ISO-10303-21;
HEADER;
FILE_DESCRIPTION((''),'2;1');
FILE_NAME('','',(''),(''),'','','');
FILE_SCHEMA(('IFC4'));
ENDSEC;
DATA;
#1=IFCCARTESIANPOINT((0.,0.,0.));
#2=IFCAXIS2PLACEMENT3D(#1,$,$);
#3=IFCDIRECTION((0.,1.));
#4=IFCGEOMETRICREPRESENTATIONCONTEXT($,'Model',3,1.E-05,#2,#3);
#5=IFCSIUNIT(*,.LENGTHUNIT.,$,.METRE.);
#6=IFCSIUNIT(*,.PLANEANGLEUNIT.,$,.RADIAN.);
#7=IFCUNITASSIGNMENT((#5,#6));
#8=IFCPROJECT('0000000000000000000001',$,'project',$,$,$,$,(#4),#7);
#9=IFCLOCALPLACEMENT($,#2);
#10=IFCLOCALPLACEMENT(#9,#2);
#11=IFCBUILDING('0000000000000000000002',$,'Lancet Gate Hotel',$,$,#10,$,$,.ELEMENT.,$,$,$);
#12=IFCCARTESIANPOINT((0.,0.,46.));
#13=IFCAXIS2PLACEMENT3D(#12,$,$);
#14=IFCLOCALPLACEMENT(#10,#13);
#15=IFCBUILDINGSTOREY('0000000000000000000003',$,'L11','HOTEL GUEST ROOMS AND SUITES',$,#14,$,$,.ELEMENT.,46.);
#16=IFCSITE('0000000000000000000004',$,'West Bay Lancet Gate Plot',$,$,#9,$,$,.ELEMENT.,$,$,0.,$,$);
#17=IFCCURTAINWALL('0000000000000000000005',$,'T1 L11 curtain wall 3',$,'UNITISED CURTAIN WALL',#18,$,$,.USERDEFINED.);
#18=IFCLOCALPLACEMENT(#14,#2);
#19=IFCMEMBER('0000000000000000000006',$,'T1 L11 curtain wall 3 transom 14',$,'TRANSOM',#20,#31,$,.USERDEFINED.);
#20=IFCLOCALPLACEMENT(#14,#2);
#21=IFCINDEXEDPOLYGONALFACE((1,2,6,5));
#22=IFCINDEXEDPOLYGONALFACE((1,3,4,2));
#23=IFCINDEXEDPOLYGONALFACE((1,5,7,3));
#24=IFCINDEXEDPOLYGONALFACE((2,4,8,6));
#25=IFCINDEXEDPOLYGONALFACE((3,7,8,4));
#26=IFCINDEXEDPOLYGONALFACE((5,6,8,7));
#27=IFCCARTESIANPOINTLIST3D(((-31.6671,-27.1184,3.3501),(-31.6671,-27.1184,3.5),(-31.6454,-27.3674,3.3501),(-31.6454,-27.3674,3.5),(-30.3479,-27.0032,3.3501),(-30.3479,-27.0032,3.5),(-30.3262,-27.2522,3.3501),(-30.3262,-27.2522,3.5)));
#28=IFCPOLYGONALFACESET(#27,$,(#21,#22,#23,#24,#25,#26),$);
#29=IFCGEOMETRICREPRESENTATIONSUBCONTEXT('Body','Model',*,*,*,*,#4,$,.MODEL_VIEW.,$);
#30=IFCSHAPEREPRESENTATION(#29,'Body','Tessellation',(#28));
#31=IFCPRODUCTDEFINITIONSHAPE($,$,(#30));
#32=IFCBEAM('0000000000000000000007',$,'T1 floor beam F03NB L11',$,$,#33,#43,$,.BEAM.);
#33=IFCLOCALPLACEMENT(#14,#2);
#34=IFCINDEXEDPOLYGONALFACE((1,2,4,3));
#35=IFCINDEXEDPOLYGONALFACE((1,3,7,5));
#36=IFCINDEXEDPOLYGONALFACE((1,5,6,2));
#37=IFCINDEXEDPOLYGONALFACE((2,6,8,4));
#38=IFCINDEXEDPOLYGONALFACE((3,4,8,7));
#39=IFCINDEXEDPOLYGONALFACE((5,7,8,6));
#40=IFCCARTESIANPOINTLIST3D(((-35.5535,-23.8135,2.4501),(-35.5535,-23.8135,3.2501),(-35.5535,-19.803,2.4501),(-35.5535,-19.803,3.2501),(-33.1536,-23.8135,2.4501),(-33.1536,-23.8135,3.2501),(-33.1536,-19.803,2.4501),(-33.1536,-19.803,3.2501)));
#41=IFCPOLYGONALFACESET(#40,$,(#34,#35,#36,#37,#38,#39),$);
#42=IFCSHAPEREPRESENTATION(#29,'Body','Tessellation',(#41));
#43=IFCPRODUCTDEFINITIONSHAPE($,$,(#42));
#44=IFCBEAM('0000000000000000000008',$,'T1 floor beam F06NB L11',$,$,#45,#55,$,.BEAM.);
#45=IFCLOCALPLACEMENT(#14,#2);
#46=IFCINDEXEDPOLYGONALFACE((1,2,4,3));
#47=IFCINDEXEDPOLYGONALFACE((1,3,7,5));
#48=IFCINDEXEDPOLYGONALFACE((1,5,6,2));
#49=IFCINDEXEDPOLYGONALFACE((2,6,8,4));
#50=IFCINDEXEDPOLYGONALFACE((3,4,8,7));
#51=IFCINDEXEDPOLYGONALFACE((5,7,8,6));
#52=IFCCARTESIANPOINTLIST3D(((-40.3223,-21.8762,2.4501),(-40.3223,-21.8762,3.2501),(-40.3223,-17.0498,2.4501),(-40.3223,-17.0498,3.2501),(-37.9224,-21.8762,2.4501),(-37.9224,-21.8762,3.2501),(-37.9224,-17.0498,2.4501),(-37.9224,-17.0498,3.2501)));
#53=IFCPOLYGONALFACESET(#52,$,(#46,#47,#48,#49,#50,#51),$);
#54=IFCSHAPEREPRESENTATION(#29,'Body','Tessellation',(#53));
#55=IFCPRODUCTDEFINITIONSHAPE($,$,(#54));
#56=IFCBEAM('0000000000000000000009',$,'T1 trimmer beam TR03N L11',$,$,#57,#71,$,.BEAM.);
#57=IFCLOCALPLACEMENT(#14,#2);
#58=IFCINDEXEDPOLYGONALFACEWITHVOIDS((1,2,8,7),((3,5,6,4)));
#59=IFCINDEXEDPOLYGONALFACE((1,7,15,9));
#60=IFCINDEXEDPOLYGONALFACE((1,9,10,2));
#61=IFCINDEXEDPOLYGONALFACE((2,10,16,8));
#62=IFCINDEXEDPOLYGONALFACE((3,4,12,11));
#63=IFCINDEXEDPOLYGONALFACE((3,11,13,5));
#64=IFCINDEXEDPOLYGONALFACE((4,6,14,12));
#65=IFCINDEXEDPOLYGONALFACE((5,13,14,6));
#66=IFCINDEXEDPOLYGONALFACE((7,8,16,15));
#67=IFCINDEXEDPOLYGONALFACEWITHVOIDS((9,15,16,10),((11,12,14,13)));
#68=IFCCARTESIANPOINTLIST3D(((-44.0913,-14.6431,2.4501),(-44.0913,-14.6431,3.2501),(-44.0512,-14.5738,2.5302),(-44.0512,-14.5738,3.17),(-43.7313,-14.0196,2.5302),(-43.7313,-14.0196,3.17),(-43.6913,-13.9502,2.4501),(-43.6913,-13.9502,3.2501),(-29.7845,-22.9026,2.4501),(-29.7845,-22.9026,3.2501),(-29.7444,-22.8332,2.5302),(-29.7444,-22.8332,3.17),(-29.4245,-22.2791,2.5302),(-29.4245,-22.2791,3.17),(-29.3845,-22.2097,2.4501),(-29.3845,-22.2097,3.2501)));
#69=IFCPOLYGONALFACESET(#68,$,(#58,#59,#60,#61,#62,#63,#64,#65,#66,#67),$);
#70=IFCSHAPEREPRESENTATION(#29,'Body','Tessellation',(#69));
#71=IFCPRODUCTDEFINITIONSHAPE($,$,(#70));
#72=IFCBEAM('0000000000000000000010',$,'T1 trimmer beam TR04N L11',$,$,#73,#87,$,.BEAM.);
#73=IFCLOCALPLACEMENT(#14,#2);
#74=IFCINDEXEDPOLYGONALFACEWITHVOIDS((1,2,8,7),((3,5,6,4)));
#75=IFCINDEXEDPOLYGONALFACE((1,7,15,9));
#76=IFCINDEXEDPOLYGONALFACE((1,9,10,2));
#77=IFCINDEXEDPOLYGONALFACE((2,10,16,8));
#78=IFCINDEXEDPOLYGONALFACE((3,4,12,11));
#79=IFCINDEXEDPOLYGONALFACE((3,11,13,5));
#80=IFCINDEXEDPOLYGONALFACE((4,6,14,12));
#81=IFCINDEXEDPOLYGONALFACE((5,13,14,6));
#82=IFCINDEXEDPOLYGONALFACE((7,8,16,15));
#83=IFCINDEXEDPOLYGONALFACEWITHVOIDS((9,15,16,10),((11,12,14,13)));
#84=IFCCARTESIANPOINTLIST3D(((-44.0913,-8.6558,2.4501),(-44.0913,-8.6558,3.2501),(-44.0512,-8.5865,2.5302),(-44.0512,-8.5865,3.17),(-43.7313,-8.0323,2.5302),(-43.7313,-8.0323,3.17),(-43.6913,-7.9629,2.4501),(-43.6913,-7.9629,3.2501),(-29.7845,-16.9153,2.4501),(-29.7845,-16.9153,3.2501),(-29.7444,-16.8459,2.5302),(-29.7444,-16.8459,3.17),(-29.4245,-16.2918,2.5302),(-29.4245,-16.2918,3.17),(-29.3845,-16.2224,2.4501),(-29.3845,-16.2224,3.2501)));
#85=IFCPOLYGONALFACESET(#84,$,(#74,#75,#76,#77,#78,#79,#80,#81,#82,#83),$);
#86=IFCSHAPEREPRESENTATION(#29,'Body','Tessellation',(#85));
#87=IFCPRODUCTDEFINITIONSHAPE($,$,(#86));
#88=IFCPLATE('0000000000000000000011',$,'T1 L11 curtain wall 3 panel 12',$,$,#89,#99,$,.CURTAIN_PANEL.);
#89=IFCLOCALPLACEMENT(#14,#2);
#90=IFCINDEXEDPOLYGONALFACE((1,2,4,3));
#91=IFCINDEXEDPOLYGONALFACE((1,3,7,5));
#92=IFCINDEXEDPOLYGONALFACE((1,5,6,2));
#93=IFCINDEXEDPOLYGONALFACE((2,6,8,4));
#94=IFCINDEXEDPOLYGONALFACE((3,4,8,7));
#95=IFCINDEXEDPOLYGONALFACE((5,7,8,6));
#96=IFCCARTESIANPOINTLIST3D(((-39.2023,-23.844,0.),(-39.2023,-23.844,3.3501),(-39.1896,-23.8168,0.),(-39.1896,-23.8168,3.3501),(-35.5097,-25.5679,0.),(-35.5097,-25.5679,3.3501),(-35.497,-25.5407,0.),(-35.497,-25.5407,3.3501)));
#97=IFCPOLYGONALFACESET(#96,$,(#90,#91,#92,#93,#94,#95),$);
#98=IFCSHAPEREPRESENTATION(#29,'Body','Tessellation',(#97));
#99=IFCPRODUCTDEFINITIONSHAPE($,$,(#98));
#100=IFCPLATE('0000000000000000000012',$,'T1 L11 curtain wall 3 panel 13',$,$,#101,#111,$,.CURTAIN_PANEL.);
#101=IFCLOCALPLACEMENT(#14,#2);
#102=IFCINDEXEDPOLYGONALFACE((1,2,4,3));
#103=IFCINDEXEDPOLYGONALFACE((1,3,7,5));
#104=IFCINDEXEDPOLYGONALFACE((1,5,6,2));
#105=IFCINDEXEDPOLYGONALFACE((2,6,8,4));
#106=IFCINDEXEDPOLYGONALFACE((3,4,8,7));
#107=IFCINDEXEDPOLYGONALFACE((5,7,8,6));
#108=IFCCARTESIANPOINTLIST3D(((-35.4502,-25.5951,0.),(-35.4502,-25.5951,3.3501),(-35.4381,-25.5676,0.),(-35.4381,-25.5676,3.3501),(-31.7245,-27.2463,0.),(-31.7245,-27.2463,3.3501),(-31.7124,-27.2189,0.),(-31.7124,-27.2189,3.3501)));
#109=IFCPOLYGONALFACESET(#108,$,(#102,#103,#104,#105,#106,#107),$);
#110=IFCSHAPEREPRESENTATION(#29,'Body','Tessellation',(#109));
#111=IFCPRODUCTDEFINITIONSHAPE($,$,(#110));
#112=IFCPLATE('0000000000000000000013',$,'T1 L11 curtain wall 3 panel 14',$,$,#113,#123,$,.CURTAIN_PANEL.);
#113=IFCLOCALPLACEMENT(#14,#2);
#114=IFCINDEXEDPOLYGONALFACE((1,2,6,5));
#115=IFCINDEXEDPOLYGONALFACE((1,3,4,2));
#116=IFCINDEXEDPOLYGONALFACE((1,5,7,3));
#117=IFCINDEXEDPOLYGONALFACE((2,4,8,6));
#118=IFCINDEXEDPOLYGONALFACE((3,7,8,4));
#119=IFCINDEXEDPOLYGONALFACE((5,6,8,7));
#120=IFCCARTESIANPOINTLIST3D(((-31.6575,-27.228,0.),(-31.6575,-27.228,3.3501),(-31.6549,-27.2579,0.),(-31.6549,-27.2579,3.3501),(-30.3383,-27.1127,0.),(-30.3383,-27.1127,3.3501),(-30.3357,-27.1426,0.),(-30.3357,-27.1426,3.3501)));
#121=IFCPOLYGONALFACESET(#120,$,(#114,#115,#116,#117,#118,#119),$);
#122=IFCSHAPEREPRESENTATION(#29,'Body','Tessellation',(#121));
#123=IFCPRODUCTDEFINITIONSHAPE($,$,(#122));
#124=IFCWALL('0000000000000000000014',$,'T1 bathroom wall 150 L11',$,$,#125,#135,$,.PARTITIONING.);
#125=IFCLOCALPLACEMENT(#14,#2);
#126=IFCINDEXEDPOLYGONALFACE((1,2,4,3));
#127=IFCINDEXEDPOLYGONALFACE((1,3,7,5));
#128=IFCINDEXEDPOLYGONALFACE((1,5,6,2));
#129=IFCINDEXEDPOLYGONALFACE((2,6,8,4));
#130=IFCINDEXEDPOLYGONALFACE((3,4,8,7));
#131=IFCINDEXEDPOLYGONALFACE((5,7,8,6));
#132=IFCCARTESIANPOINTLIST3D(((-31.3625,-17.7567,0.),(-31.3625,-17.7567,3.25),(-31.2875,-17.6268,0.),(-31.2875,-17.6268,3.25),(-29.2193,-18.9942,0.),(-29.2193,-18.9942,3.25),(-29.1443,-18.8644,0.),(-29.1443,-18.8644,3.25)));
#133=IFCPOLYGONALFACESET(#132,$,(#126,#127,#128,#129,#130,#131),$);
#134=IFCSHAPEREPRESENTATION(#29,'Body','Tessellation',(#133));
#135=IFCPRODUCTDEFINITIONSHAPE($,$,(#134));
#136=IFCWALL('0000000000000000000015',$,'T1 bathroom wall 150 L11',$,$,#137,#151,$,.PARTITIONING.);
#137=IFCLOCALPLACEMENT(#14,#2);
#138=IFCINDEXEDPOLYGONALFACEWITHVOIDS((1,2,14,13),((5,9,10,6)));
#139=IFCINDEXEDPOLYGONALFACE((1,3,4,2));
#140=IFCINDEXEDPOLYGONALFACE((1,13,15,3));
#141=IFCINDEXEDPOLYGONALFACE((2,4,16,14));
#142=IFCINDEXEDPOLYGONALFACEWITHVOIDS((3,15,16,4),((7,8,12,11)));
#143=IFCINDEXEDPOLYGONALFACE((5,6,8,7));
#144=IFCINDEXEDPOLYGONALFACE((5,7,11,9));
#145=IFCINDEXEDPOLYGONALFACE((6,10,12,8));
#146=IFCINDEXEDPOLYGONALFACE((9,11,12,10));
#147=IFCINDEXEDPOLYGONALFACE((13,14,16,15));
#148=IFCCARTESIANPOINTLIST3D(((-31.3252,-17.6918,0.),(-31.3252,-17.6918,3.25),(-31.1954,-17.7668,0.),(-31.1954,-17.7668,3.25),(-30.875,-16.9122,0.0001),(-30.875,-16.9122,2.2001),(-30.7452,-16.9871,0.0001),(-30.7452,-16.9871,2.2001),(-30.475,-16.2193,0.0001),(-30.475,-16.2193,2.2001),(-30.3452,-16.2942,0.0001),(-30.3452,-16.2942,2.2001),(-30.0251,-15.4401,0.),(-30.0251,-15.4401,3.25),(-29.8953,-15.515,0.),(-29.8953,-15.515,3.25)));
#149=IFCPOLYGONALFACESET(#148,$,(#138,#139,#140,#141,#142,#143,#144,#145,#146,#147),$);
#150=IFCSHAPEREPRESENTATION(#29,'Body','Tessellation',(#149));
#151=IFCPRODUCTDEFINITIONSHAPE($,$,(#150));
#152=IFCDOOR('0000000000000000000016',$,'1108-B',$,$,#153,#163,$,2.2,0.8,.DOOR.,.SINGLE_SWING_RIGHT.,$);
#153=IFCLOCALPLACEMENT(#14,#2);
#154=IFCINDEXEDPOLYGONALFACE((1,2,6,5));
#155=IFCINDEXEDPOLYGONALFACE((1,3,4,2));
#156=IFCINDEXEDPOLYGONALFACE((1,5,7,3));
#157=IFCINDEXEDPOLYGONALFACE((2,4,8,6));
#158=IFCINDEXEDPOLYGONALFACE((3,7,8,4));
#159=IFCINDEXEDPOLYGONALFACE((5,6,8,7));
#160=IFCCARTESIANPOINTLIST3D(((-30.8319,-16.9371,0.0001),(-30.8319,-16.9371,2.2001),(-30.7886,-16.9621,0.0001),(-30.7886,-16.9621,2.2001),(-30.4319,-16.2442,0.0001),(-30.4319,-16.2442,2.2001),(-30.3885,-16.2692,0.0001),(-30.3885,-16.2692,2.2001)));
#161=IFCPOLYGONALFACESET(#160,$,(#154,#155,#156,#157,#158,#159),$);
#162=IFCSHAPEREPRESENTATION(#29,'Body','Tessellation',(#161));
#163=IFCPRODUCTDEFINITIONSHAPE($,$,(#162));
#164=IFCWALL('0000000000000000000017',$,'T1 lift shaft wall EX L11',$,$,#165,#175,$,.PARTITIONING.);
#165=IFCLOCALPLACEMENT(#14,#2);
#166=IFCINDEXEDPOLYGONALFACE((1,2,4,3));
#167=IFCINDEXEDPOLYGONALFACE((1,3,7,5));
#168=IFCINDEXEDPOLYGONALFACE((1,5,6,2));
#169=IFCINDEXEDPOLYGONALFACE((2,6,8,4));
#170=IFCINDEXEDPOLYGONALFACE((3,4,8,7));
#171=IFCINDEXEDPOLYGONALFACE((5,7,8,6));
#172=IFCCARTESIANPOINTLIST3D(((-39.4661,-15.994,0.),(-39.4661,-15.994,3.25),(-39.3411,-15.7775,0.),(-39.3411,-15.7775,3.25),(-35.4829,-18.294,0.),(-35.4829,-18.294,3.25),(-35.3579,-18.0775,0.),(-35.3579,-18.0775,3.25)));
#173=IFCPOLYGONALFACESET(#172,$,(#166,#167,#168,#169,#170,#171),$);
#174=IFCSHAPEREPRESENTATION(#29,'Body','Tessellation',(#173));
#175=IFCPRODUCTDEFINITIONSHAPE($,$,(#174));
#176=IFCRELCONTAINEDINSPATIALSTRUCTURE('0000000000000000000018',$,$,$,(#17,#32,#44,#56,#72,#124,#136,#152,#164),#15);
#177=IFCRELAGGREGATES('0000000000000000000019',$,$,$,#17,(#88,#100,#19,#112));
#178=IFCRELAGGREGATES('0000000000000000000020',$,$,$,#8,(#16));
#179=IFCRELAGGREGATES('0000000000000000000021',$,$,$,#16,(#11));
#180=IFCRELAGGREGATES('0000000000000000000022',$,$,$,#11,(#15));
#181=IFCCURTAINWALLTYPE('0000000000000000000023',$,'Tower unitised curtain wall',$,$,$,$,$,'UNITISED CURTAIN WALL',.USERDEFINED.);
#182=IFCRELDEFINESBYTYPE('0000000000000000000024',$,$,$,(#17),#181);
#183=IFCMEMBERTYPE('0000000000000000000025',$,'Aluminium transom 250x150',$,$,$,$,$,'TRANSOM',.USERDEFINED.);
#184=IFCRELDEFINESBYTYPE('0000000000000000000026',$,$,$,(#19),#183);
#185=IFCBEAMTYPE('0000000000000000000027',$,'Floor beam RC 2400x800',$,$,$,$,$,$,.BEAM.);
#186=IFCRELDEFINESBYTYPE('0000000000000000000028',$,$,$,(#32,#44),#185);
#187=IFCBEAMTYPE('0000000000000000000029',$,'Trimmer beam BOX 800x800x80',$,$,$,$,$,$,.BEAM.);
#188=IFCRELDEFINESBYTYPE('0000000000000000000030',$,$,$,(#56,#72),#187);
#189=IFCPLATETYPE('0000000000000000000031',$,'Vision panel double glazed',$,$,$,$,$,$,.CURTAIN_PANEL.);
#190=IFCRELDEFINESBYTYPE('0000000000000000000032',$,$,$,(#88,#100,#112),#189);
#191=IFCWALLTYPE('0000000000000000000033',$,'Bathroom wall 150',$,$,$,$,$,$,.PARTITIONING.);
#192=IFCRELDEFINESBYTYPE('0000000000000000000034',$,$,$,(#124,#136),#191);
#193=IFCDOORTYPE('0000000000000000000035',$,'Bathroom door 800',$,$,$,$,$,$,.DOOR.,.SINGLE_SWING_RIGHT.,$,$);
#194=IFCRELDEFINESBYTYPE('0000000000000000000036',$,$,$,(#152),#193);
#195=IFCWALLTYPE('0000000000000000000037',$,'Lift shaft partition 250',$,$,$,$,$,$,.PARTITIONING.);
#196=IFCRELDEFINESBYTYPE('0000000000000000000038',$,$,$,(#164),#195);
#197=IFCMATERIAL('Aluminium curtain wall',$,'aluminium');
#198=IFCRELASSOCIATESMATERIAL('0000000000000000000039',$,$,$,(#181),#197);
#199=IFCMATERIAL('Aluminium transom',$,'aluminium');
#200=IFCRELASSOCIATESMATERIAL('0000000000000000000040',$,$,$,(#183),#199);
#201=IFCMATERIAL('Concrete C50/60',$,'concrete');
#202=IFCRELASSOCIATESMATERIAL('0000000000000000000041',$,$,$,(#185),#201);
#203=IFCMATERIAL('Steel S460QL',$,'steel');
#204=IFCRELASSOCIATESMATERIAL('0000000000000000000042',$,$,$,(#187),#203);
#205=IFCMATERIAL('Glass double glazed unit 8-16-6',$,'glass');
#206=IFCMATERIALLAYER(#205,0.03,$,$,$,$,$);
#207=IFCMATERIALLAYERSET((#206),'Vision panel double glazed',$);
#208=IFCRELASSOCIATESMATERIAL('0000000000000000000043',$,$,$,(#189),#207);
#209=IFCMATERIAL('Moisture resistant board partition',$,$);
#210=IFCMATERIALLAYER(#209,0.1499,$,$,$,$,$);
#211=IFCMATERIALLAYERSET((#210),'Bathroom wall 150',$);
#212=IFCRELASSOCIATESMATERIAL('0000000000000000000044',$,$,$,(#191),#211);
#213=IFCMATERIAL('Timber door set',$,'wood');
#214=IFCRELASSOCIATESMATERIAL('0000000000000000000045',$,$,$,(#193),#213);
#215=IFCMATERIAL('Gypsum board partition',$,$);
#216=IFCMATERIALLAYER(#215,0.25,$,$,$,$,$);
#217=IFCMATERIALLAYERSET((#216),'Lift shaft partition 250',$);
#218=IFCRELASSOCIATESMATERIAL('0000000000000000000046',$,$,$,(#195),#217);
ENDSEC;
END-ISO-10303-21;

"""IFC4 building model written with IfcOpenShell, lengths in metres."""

from ifc_helpers import new_model, si_unit, direction, frame, frame_2d, origin, origin_2d, place, context, subcontext, project, spatial, rectangle, hollow_rectangle, extrude, material, layer, layer_set, material_profile, profile_set, type_object, element, fill, aggregate, save


model = new_model("IFC4")

# Units and contexts
model_context = context("Model", 3, precision=1e-05, world=origin(), true_north=direction((0.0, 1.0)))
body_context = subcontext(model_context, "Body", "Model", "MODEL_VIEW")
ifc_project = project(units=[si_unit("LENGTHUNIT", "METRE"), si_unit("PLANEANGLEUNIT", "RADIAN")], contexts=[model_context])

# Site, building, storey
site_placement = place(None, origin())
site = spatial("IfcSite", under=ifc_project, at=site_placement, Name="West Bay Lancet Gate Plot", CompositionType="ELEMENT", RefElevation=0.0)
building_placement = place(site_placement, origin())
building = spatial("IfcBuilding", under=site, at=building_placement, Name="Lancet Gate Hotel", CompositionType="ELEMENT")
storey_placement = place(building_placement, frame((0.0, 0.0, 46.0)))
storey = spatial("IfcBuildingStorey", under=building, at=storey_placement, Name="L11", Description="HOTEL GUEST ROOMS AND SUITES", CompositionType="ELEMENT", Elevation=46.0)

# Curtain wall, member
ifc_material_1 = material(Name="Aluminium curtain wall", Category="aluminium")
curtain_wall_type = type_object("IfcCurtainWallType", Name="Tower unitised curtain wall", ElementType="UNITISED CURTAIN WALL", PredefinedType="USERDEFINED", material=ifc_material_1)
curtain_wall_placement = place(storey_placement, origin())
curtain_wall = element("IfcCurtainWall", 1, at=curtain_wall_placement, inside=storey, type_object=curtain_wall_type, Name="T1 L11 curtain wall 3", ObjectType="UNITISED CURTAIN WALL", PredefinedType="USERDEFINED")
ifc_material_2 = material(Name="Aluminium transom", Category="aluminium")
ifc_material_profile_1 = material_profile(ifc_material_2, rectangle(XDim=0.25, YDim=0.1499, at=origin_2d()), Name="TRANSOM 250x150")
ifc_profile_set_1 = profile_set([ifc_material_profile_1], Name="Aluminium transom")
member_type_1 = type_object("IfcMemberType", Name="Aluminium transom 250x150", ElementType="TRANSOM", PredefinedType="USERDEFINED", material=ifc_profile_set_1)
member_1_placement = place(storey_placement, frame((-31.6562, -27.2429, 3.425), z_axis=(0.996206, 0.087027, 0.0), x_axis=(-0.087027, 0.996206, 0.0)))
member_1 = element("IfcMember", 2, at=member_1_placement, type_object=member_type_1, Name="T1 L11 curtain wall 3 transom 14", ObjectType="TRANSOM", PredefinedType="USERDEFINED", context=body_context, shape_type="SweptSolid", body=[
    extrude(rectangle(XDim=0.25, YDim=0.1499, at=origin_2d()), origin(), (0.0, 0.0, 1.0), 1.3242),
])

# Beams
ifc_material_3 = material(Name="Concrete C50/60", Category="concrete")
ifc_material_profile_2 = material_profile(ifc_material_3, rectangle(XDim=2.3999, YDim=0.8, at=origin_2d()), Name="RC 2400x800")
ifc_profile_set_2 = profile_set([ifc_material_profile_2], Name="Concrete C50/60")
beam_type_1 = type_object("IfcBeamType", Name="Floor beam RC 2400x800", PredefinedType="BEAM", material=ifc_profile_set_2)
beam_1_placement = place(storey_placement, frame((-34.3535, -19.803, 2.8501), z_axis=(0.0, -1.0, 0.0), x_axis=(1.0, 0.0, 0.0)))
element("IfcBeam", 3, at=beam_1_placement, inside=storey, type_object=beam_type_1, Name="T1 floor beam F03NB L11", PredefinedType="BEAM", context=body_context, shape_type="SweptSolid", body=[
    extrude(rectangle(XDim=2.3999, YDim=0.8, at=origin_2d()), origin(), (0.0, 0.0, 1.0), 4.0105),
])
beam_2_placement = place(storey_placement, frame((-39.1223, -17.0498, 2.8501), z_axis=(0.0, -1.0, 0.0), x_axis=(1.0, 0.0, 0.0)))
element("IfcBeam", 4, at=beam_2_placement, inside=storey, type_object=beam_type_1, Name="T1 floor beam F06NB L11", PredefinedType="BEAM", context=body_context, shape_type="SweptSolid", body=[
    extrude(rectangle(XDim=2.3999, YDim=0.8, at=origin_2d()), origin(), (0.0, 0.0, 1.0), 4.8264),
])
ifc_material_4 = material(Name="Steel S460QL", Category="steel")
ifc_material_profile_3 = material_profile(ifc_material_4, hollow_rectangle(XDim=0.8, YDim=0.8, WallThickness=0.0801, at=origin_2d()), Name="BOX 800x800x80")
ifc_profile_set_3 = profile_set([ifc_material_profile_3], Name="Steel S460QL")
beam_type_2 = type_object("IfcBeamType", Name="Trimmer beam BOX 800x800x80", PredefinedType="BEAM", material=ifc_profile_set_3)
for number, where, z_axis, x_axis, name in (
    (5, (-29.5845, -22.5562, 2.8501), (-0.86604, 0.499974, 0.0), (-0.499974, -0.86604, 0.0), "T1 trimmer beam TR03N L11"),
    (6, (-29.5845, -16.5688, 2.8501), (-0.86604, 0.499974, 0.0), (-0.499974, -0.86604, 0.0), "T1 trimmer beam TR04N L11"),
):
    element("IfcBeam", number, at=place(storey_placement, frame(where, z_axis=z_axis, x_axis=x_axis)), inside=storey, type_object=beam_type_2, Name=name, PredefinedType="BEAM", context=body_context, shape_type="SweptSolid", body=[
        extrude(hollow_rectangle(XDim=0.8, YDim=0.8, WallThickness=0.0801, at=origin_2d()), origin(), (0.0, 0.0, 1.0), 16.5198),
    ])

# Plates
ifc_material_5 = material(Name="Glass double glazed unit 8-16-6", Category="glass")
ifc_layer_1 = layer(ifc_material_5, 0.03)
ifc_layer_set_1 = layer_set([ifc_layer_1], Name="Vision panel double glazed")
plate_type = type_object("IfcPlateType", Name="Vision panel double glazed", PredefinedType="CURTAIN_PANEL", material=ifc_layer_set_1)
plate_1_placement = place(storey_placement, frame((-37.3496, -24.6924, 0.0), z_axis=(0.0, 0.0, 1.0), x_axis=(0.906118, -0.423026, 0.0)))
plate_1 = element("IfcPlate", 7, at=plate_1_placement, type_object=plate_type, Name="T1 L11 curtain wall 3 panel 12", PredefinedType="CURTAIN_PANEL", context=body_context, shape_type="SweptSolid", body=[
    extrude(rectangle(XDim=4.0752, YDim=0.03, at=origin_2d()), origin(), (0.0, 0.0, 1.0), 3.3501),
])
plate_2_placement = place(storey_placement, frame((-33.5813, -26.407, 0.0), z_axis=(0.0, 0.0, 1.0), x_axis=(0.914234, -0.405186, 0.0)))
plate_2 = element("IfcPlate", 8, at=plate_2_placement, type_object=plate_type, Name="T1 L11 curtain wall 3 panel 13", PredefinedType="CURTAIN_PANEL", context=body_context, shape_type="SweptSolid", body=[
    extrude(rectangle(XDim=4.0752, YDim=0.03, at=origin_2d()), origin(), (0.0, 0.0, 1.0), 3.3501),
])
plate_3_placement = place(storey_placement, frame((-30.9966, -27.1853, 0.0), z_axis=(0.0, 0.0, 1.0), x_axis=(0.996204, 0.087052, 0.0)))
plate_3 = element("IfcPlate", 9, at=plate_3_placement, type_object=plate_type, Name="T1 L11 curtain wall 3 panel 14", PredefinedType="CURTAIN_PANEL", context=body_context, shape_type="SweptSolid", body=[
    extrude(rectangle(XDim=1.3242, YDim=0.03, at=origin_2d()), origin(), (0.0, 0.0, 1.0), 3.3501),
])
aggregate(curtain_wall, [plate_1, plate_2, member_1, plate_3])

# Wall
ifc_material_6 = material(Name="Moisture resistant board partition")
ifc_layer_2 = layer(ifc_material_6, 0.1499)
ifc_layer_set_2 = layer_set([ifc_layer_2], Name="Bathroom wall 150")
wall_type_1 = type_object("IfcWallType", Name="Bathroom wall 150", PredefinedType="PARTITIONING", material=ifc_layer_set_2)
wall_1_placement = place(storey_placement, frame((-29.1819, -18.9292, 0.0), z_axis=(0.0, 0.0, 1.0), x_axis=(-0.866007, 0.500033, 0.0)))
element("IfcWall", 10, at=wall_1_placement, inside=storey, type_object=wall_type_1, Name="T1 bathroom wall 150 L11", PredefinedType="PARTITIONING", context=body_context, shape_type="SweptSolid", body=[
    extrude(rectangle(XDim=2.4749, YDim=0.1499, at=frame_2d((1.2373, 0.0))), origin(), (0.0, 0.0, 1.0), 3.25),
])

# Wall, opening, door
wall_2_placement = place(storey_placement, frame((-29.9602, -15.4775, 0.0), z_axis=(0.0, 0.0, 1.0), x_axis=(-0.500007, -0.866021, 0.0)))
wall_2 = element("IfcWall", 11, at=wall_2_placement, inside=storey, type_object=wall_type_1, Name="T1 bathroom wall 150 L11", PredefinedType="PARTITIONING", context=body_context, shape_type="SweptSolid", body=[
    extrude(rectangle(XDim=2.6001, YDim=0.1499, at=frame_2d((1.3, 0.0))), origin(), (0.0, 0.0, 1.0), 3.25),
])
opening_placement = place(wall_2_placement, frame((0.8999, 0.0, 0.0)))
opening = element("IfcOpeningElement", 12, at=opening_placement, cuts=wall_2, PredefinedType="OPENING", context=body_context, shape_type="SweptSolid", body=[
    extrude(rectangle(XDim=0.8, YDim=2.2, at=frame_2d((0.3999, 1.1001))), frame((0.0, 0.085, 0.0), z_axis=(0.0, -1.0, 0.0), x_axis=(1.0, 0.0, 0.0)), (0.0, 0.0, 1.0), 0.1699),
])
ifc_material_7 = material(Name="Timber door set", Category="wood")
door_type = type_object("IfcDoorType", Name="Bathroom door 800", OperationType="SINGLE_SWING_RIGHT", PredefinedType="DOOR", material=ifc_material_7)
door_placement = place(opening_placement, origin())
door = element("IfcDoor", 13, at=door_placement, inside=storey, type_object=door_type, Name="1108-B", OperationType="SINGLE_SWING_RIGHT", OverallHeight=2.2, OverallWidth=0.8, PredefinedType="DOOR", context=body_context, shape_type="SweptSolid", body=[
    extrude(rectangle(XDim=0.8, YDim=2.2, at=frame_2d((0.3999, 1.1001))), frame((0.0, 0.0249, 0.0), z_axis=(0.0, -1.0, 0.0), x_axis=(1.0, 0.0, 0.0)), (0.0, 0.0, 1.0), 0.05),
])
fill(opening, door)

# Wall
ifc_material_8 = material(Name="Gypsum board partition")
ifc_layer_3 = layer(ifc_material_8, 0.25)
ifc_layer_set_3 = layer_set([ifc_layer_3], Name="Lift shaft partition 250")
wall_type_2 = type_object("IfcWallType", Name="Lift shaft partition 250", PredefinedType="PARTITIONING", material=ifc_layer_set_3)
wall_3_placement = place(storey_placement, frame((-35.4204, -18.1858, 0.0), z_axis=(0.0, 0.0, 1.0), x_axis=(-0.86599, 0.500061, 0.0)))
element("IfcWall", 14, at=wall_3_placement, inside=storey, type_object=wall_type_2, Name="T1 lift shaft wall EX L11", PredefinedType="PARTITIONING", context=body_context, shape_type="SweptSolid", body=[
    extrude(rectangle(XDim=4.5996, YDim=0.25, at=frame_2d((2.2998, 0.0))), origin(), (0.0, 0.0, 1.0), 3.25),
])

save(model, "model.ifc")
